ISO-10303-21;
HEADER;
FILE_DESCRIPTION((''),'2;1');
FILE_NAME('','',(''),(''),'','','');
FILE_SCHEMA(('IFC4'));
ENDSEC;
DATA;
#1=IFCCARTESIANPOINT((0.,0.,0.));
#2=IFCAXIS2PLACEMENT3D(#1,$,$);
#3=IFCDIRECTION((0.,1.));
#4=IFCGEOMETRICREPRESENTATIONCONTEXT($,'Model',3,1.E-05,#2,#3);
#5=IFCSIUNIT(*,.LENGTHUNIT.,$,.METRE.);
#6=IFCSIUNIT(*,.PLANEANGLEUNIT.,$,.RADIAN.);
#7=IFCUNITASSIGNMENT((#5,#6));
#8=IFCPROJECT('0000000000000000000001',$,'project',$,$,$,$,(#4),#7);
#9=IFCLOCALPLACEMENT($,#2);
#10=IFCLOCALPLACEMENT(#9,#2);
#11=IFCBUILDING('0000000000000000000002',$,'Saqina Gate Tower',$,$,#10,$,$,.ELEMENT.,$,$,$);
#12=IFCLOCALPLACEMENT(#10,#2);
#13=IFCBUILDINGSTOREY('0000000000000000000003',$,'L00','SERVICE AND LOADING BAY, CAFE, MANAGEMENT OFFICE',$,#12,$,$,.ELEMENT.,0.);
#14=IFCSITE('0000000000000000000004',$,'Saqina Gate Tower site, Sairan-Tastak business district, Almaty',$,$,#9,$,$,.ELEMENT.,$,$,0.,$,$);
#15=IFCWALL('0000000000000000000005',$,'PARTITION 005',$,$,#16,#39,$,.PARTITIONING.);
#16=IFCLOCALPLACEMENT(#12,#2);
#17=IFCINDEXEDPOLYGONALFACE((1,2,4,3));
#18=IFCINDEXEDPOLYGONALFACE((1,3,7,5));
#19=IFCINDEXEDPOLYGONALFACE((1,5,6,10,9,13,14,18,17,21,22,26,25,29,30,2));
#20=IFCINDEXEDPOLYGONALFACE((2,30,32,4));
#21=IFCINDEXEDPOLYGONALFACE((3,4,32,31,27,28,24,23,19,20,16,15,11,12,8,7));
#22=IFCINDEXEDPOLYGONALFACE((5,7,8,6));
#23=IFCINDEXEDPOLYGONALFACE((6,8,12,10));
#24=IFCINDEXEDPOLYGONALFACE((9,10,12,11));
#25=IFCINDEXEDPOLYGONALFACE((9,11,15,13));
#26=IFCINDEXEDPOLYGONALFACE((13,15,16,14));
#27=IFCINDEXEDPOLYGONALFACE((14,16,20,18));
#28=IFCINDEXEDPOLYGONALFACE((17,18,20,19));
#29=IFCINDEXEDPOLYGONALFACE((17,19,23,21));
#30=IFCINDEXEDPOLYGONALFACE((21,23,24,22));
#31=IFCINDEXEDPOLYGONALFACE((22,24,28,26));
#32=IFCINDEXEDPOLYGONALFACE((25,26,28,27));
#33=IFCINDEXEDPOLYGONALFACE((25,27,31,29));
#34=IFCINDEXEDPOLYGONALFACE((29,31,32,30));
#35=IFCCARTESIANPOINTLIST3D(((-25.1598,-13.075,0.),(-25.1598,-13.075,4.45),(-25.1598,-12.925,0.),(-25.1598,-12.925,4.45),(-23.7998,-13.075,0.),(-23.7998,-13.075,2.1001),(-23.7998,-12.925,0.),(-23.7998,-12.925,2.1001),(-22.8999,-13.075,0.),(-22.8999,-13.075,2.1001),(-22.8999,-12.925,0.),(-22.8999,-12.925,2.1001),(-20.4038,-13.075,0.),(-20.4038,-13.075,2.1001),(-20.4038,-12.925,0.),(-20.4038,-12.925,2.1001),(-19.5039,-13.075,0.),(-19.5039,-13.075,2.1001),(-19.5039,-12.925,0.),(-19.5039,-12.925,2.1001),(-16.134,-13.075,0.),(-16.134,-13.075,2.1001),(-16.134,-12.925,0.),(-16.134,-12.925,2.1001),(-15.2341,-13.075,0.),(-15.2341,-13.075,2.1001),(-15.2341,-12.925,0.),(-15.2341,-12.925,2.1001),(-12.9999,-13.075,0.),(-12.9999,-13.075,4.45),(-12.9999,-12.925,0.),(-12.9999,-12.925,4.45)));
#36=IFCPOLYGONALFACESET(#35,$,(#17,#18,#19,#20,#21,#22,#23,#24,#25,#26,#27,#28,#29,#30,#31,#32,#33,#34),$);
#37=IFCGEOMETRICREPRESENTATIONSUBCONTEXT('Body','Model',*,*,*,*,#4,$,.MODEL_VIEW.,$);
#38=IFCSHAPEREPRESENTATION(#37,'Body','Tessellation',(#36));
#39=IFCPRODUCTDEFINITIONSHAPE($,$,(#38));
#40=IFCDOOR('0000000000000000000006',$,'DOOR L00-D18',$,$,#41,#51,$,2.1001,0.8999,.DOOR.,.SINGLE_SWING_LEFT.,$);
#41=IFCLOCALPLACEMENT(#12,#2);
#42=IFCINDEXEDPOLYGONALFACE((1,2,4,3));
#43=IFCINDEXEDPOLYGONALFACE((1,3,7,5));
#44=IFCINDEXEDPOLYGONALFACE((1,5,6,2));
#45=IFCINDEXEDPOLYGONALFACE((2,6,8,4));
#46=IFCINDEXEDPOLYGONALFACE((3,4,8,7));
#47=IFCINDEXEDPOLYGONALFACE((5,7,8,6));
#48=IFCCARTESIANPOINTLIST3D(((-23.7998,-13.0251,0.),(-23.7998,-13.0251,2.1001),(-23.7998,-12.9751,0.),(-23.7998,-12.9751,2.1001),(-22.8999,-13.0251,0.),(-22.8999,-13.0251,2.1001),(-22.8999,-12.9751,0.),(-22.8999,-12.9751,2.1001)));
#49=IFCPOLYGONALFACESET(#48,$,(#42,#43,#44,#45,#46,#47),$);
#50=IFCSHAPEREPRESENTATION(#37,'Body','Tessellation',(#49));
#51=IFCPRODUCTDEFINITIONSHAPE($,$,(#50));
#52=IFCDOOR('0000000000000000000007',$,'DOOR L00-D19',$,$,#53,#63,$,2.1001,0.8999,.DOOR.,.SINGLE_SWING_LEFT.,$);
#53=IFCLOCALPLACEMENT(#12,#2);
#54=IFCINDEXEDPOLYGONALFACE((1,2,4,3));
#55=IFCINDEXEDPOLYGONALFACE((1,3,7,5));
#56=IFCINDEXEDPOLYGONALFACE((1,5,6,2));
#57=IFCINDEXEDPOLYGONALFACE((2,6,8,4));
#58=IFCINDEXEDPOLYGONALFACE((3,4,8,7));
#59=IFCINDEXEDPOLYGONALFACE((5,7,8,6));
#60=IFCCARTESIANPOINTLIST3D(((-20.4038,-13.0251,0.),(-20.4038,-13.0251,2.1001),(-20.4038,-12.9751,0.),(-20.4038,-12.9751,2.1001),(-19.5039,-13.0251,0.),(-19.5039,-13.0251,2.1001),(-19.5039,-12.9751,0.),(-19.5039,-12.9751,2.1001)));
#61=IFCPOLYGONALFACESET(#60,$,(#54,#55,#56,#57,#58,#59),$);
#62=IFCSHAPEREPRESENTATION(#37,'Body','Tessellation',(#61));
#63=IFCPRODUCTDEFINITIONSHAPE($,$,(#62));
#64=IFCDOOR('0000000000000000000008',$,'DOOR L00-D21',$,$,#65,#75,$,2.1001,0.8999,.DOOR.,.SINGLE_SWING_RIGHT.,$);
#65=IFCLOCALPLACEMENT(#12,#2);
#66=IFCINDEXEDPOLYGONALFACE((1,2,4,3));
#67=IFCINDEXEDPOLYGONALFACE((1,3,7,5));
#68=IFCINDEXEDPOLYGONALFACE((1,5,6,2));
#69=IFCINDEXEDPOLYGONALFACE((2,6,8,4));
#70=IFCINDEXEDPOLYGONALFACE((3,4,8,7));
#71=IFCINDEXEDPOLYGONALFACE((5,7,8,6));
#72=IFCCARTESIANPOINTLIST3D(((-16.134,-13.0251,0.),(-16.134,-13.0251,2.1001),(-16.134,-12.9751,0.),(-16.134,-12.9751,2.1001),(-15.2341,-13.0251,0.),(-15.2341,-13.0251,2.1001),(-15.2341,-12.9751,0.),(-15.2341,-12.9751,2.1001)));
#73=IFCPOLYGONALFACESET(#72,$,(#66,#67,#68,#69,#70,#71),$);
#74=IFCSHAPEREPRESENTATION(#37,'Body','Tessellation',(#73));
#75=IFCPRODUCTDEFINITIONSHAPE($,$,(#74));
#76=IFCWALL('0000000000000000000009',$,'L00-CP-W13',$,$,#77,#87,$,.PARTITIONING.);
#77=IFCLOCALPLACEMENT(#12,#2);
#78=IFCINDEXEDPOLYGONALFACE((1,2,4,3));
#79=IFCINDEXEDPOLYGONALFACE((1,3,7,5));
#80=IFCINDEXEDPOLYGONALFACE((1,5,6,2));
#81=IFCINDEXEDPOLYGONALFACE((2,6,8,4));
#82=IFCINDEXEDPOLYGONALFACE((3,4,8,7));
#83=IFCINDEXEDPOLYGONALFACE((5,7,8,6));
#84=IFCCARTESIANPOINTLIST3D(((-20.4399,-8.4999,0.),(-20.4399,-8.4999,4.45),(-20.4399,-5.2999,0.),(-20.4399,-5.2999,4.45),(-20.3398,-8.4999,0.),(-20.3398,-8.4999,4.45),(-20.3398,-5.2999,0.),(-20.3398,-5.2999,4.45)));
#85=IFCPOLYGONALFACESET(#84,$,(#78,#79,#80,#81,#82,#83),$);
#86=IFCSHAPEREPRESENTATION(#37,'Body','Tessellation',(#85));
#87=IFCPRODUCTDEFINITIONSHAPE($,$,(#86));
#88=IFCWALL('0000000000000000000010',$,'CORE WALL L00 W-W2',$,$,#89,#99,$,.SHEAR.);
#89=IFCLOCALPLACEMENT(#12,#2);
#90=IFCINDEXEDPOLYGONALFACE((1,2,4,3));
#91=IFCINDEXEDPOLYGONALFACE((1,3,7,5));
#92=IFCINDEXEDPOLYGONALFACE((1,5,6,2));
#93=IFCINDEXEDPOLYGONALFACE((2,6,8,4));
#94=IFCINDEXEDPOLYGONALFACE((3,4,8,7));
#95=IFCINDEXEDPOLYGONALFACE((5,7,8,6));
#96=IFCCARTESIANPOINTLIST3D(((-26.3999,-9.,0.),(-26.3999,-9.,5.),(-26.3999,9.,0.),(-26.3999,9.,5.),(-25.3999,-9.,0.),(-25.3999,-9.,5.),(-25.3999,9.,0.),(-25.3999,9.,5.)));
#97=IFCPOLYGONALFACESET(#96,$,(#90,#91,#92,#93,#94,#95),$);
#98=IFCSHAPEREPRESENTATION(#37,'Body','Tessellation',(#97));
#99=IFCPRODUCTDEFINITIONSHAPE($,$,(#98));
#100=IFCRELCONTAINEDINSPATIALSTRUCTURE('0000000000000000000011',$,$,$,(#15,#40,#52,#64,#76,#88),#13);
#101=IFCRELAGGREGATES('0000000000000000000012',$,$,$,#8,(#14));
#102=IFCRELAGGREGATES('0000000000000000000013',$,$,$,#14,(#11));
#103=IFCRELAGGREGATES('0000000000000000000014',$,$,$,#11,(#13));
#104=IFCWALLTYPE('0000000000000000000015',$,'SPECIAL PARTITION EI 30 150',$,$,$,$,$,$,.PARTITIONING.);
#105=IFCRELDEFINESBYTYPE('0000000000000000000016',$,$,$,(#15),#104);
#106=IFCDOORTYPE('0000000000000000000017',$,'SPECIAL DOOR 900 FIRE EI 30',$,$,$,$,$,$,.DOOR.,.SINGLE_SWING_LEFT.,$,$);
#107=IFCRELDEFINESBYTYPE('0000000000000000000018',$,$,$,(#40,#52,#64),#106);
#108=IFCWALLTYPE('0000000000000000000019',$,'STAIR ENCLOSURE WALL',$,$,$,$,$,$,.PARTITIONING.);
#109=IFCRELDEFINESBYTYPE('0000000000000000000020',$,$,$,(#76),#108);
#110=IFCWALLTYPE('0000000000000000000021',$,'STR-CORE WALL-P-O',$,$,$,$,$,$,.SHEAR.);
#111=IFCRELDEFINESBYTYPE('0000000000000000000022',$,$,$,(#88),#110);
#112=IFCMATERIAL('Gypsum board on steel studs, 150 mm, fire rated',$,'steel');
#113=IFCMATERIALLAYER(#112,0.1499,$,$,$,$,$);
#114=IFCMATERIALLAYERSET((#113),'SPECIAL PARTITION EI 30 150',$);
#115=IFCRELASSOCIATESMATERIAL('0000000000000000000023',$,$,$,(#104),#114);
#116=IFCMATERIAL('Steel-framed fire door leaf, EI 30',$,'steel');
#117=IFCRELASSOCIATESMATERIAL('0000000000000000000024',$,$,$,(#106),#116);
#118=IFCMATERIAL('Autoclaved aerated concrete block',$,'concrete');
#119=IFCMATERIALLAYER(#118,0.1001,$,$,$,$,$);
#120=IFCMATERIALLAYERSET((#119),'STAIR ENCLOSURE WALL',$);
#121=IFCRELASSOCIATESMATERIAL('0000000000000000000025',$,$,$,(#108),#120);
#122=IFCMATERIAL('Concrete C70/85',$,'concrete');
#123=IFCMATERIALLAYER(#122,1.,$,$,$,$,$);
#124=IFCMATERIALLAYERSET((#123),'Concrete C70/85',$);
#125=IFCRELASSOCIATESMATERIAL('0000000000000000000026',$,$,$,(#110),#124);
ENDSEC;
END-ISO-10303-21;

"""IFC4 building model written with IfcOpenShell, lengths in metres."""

from ifc_helpers import new_model, si_unit, direction, frame, frame_2d, origin, place, context, subcontext, project, spatial, rectangle, extrude, material, layer, layer_set, type_object, element, fill, save


model = new_model("IFC4")

# Units and contexts
model_context = context("Model", 3, precision=1e-05, world=origin(), true_north=direction((0.0, 1.0)))
body_context = subcontext(model_context, "Body", "Model", "MODEL_VIEW")
ifc_project = project(units=[si_unit("LENGTHUNIT", "METRE"), si_unit("PLANEANGLEUNIT", "RADIAN")], contexts=[model_context])

# Site, building, storey
site_placement = place(None, origin())
site = spatial("IfcSite", under=ifc_project, at=site_placement, Name="Saqina Gate Tower site, Sairan-Tastak business district, Almaty", CompositionType="ELEMENT", RefElevation=0.0)
building_placement = place(site_placement, origin())
building = spatial("IfcBuilding", under=site, at=building_placement, Name="Saqina Gate Tower", CompositionType="ELEMENT")
storey_placement = place(building_placement, origin())
storey = spatial("IfcBuildingStorey", under=building, at=storey_placement, Name="L00", Description="SERVICE AND LOADING BAY, CAFE, MANAGEMENT OFFICE", CompositionType="ELEMENT", Elevation=0.0)

# Wall, openings, doors
ifc_material_1 = material(Name="Gypsum board on steel studs, 150 mm, fire rated", Category="steel")
ifc_layer_1 = layer(ifc_material_1, 0.1499)
ifc_layer_set_1 = layer_set([ifc_layer_1], Name="SPECIAL PARTITION EI 30 150")
wall_type_1 = type_object("IfcWallType", Name="SPECIAL PARTITION EI 30 150", PredefinedType="PARTITIONING", material=ifc_layer_set_1)
wall_1_placement = place(storey_placement, frame((-25.1599, -13.0, 0.0), z_axis=(0.0, 0.0, 1.0), x_axis=(1.0, 0.0, 0.0)))
wall_1 = element("IfcWall", 1, at=wall_1_placement, inside=storey, type_object=wall_type_1, Name="PARTITION 005", PredefinedType="PARTITIONING", context=body_context, shape_type="SweptSolid", body=[
    extrude(rectangle(XDim=12.1599, YDim=0.1499, at=frame_2d((6.0801, 0.0))), origin(), (0.0, 0.0, 1.0), 4.45),
])
opening_1_placement = place(wall_1_placement, frame((1.3601, 0.0, 0.0)))
opening_1 = element("IfcOpeningElement", 2, at=opening_1_placement, cuts=wall_1, PredefinedType="OPENING", context=body_context, shape_type="SweptSolid", body=[
    extrude(rectangle(XDim=0.8999, YDim=2.1001, at=frame_2d((0.45, 1.05))), frame((0.0, 0.0869, 0.0), z_axis=(0.0, -1.0, 0.0), x_axis=(1.0, 0.0, 0.0)), (0.0, 0.0, 1.0), 0.1738),
])
opening_2_placement = place(wall_1_placement, frame((4.7561, 0.0, 0.0)))
opening_2 = element("IfcOpeningElement", 3, at=opening_2_placement, cuts=wall_1, PredefinedType="OPENING", context=body_context, shape_type="SweptSolid", body=[
    extrude(rectangle(XDim=0.8999, YDim=2.1001, at=frame_2d((0.45, 1.05))), frame((0.0, 0.0869, 0.0), z_axis=(0.0, -1.0, 0.0), x_axis=(1.0, 0.0, 0.0)), (0.0, 0.0, 1.0), 0.1738),
])
opening_3_placement = place(wall_1_placement, frame((9.0259, 0.0, 0.0)))
opening_3 = element("IfcOpeningElement", 4, at=opening_3_placement, cuts=wall_1, PredefinedType="OPENING", context=body_context, shape_type="SweptSolid", body=[
    extrude(rectangle(XDim=0.8999, YDim=2.1001, at=frame_2d((0.45, 1.05))), frame((0.0, 0.0869, 0.0), z_axis=(0.0, -1.0, 0.0), x_axis=(1.0, 0.0, 0.0)), (0.0, 0.0, 1.0), 0.1738),
])
ifc_material_2 = material(Name="Steel-framed fire door leaf, EI 30", Category="steel")
door_type_1 = type_object("IfcDoorType", Name="SPECIAL DOOR 900 FIRE EI 30", OperationType="SINGLE_SWING_LEFT", PredefinedType="DOOR", material=ifc_material_2)
door_1_placement = place(opening_1_placement, origin())
door_1 = element("IfcDoor", 5, at=door_1_placement, inside=storey, type_object=door_type_1, Name="DOOR L00-D18", OperationType="SINGLE_SWING_LEFT", OverallHeight=2.1001, OverallWidth=0.8999, PredefinedType="DOOR", context=body_context, shape_type="SweptSolid", body=[
    extrude(rectangle(XDim=0.8999, YDim=2.1001, at=frame_2d((0.45, 1.05))), frame((0.0, 0.0249, 0.0), z_axis=(0.0, -1.0, 0.0), x_axis=(1.0, 0.0, 0.0)), (0.0, 0.0, 1.0), 0.05),
])
fill(opening_1, door_1)
door_2_placement = place(opening_2_placement, origin())
door_2 = element("IfcDoor", 6, at=door_2_placement, inside=storey, type_object=door_type_1, Name="DOOR L00-D19", OperationType="SINGLE_SWING_LEFT", OverallHeight=2.1001, OverallWidth=0.8999, PredefinedType="DOOR", context=body_context, shape_type="SweptSolid", body=[
    extrude(rectangle(XDim=0.8999, YDim=2.1001, at=frame_2d((0.45, 1.05))), frame((0.0, 0.0249, 0.0), z_axis=(0.0, -1.0, 0.0), x_axis=(1.0, 0.0, 0.0)), (0.0, 0.0, 1.0), 0.05),
])
fill(opening_2, door_2)
door_3_placement = place(opening_3_placement, origin())
door_3 = element("IfcDoor", 7, at=door_3_placement, inside=storey, type_object=door_type_1, Name="DOOR L00-D21", OperationType="SINGLE_SWING_RIGHT", OverallHeight=2.1001, OverallWidth=0.8999, PredefinedType="DOOR", context=body_context, shape_type="SweptSolid", body=[
    extrude(rectangle(XDim=0.8999, YDim=2.1001, at=frame_2d((0.45, 1.05))), frame((0.0, 0.0249, 0.0), z_axis=(0.0, -1.0, 0.0), x_axis=(1.0, 0.0, 0.0)), (0.0, 0.0, 1.0), 0.05),
])
fill(opening_3, door_3)

# Walls
ifc_material_3 = material(Name="Autoclaved aerated concrete block", Category="concrete")
ifc_layer_2 = layer(ifc_material_3, 0.1001)
ifc_layer_set_2 = layer_set([ifc_layer_2], Name="STAIR ENCLOSURE WALL")
wall_type_2 = type_object("IfcWallType", Name="STAIR ENCLOSURE WALL", PredefinedType="PARTITIONING", material=ifc_layer_set_2)
wall_2_placement = place(storey_placement, frame((-20.3899, -8.5, 0.0), z_axis=(0.0, 0.0, 1.0), x_axis=(0.0, 1.0, 0.0)))
element("IfcWall", 8, at=wall_2_placement, inside=storey, type_object=wall_type_2, Name="L00-CP-W13", PredefinedType="PARTITIONING", context=body_context, shape_type="SweptSolid", body=[
    extrude(rectangle(XDim=3.2, YDim=0.1001, at=frame_2d((1.6001, 0.0))), origin(), (0.0, 0.0, 1.0), 4.45),
])
ifc_material_4 = material(Name="Concrete C70/85", Category="concrete")
ifc_layer_3 = layer(ifc_material_4, 1.0)
ifc_layer_set_3 = layer_set([ifc_layer_3], Name="Concrete C70/85")
wall_type_3 = type_object("IfcWallType", Name="STR-CORE WALL-P-O", PredefinedType="SHEAR", material=ifc_layer_set_3)
wall_3_placement = place(storey_placement, frame((-25.8999, -9.0, 0.0), z_axis=(0.0, 0.0, 1.0), x_axis=(0.0, 1.0, 0.0)))
element("IfcWall", 9, at=wall_3_placement, inside=storey, type_object=wall_type_3, Name="CORE WALL L00 W-W2", PredefinedType="SHEAR", context=body_context, shape_type="SweptSolid", body=[
    extrude(rectangle(XDim=18.0, YDim=1.0, at=frame_2d((9.0, 0.0))), origin(), (0.0, 0.0, 1.0), 5.0),
])

save(model, "model.ifc")
